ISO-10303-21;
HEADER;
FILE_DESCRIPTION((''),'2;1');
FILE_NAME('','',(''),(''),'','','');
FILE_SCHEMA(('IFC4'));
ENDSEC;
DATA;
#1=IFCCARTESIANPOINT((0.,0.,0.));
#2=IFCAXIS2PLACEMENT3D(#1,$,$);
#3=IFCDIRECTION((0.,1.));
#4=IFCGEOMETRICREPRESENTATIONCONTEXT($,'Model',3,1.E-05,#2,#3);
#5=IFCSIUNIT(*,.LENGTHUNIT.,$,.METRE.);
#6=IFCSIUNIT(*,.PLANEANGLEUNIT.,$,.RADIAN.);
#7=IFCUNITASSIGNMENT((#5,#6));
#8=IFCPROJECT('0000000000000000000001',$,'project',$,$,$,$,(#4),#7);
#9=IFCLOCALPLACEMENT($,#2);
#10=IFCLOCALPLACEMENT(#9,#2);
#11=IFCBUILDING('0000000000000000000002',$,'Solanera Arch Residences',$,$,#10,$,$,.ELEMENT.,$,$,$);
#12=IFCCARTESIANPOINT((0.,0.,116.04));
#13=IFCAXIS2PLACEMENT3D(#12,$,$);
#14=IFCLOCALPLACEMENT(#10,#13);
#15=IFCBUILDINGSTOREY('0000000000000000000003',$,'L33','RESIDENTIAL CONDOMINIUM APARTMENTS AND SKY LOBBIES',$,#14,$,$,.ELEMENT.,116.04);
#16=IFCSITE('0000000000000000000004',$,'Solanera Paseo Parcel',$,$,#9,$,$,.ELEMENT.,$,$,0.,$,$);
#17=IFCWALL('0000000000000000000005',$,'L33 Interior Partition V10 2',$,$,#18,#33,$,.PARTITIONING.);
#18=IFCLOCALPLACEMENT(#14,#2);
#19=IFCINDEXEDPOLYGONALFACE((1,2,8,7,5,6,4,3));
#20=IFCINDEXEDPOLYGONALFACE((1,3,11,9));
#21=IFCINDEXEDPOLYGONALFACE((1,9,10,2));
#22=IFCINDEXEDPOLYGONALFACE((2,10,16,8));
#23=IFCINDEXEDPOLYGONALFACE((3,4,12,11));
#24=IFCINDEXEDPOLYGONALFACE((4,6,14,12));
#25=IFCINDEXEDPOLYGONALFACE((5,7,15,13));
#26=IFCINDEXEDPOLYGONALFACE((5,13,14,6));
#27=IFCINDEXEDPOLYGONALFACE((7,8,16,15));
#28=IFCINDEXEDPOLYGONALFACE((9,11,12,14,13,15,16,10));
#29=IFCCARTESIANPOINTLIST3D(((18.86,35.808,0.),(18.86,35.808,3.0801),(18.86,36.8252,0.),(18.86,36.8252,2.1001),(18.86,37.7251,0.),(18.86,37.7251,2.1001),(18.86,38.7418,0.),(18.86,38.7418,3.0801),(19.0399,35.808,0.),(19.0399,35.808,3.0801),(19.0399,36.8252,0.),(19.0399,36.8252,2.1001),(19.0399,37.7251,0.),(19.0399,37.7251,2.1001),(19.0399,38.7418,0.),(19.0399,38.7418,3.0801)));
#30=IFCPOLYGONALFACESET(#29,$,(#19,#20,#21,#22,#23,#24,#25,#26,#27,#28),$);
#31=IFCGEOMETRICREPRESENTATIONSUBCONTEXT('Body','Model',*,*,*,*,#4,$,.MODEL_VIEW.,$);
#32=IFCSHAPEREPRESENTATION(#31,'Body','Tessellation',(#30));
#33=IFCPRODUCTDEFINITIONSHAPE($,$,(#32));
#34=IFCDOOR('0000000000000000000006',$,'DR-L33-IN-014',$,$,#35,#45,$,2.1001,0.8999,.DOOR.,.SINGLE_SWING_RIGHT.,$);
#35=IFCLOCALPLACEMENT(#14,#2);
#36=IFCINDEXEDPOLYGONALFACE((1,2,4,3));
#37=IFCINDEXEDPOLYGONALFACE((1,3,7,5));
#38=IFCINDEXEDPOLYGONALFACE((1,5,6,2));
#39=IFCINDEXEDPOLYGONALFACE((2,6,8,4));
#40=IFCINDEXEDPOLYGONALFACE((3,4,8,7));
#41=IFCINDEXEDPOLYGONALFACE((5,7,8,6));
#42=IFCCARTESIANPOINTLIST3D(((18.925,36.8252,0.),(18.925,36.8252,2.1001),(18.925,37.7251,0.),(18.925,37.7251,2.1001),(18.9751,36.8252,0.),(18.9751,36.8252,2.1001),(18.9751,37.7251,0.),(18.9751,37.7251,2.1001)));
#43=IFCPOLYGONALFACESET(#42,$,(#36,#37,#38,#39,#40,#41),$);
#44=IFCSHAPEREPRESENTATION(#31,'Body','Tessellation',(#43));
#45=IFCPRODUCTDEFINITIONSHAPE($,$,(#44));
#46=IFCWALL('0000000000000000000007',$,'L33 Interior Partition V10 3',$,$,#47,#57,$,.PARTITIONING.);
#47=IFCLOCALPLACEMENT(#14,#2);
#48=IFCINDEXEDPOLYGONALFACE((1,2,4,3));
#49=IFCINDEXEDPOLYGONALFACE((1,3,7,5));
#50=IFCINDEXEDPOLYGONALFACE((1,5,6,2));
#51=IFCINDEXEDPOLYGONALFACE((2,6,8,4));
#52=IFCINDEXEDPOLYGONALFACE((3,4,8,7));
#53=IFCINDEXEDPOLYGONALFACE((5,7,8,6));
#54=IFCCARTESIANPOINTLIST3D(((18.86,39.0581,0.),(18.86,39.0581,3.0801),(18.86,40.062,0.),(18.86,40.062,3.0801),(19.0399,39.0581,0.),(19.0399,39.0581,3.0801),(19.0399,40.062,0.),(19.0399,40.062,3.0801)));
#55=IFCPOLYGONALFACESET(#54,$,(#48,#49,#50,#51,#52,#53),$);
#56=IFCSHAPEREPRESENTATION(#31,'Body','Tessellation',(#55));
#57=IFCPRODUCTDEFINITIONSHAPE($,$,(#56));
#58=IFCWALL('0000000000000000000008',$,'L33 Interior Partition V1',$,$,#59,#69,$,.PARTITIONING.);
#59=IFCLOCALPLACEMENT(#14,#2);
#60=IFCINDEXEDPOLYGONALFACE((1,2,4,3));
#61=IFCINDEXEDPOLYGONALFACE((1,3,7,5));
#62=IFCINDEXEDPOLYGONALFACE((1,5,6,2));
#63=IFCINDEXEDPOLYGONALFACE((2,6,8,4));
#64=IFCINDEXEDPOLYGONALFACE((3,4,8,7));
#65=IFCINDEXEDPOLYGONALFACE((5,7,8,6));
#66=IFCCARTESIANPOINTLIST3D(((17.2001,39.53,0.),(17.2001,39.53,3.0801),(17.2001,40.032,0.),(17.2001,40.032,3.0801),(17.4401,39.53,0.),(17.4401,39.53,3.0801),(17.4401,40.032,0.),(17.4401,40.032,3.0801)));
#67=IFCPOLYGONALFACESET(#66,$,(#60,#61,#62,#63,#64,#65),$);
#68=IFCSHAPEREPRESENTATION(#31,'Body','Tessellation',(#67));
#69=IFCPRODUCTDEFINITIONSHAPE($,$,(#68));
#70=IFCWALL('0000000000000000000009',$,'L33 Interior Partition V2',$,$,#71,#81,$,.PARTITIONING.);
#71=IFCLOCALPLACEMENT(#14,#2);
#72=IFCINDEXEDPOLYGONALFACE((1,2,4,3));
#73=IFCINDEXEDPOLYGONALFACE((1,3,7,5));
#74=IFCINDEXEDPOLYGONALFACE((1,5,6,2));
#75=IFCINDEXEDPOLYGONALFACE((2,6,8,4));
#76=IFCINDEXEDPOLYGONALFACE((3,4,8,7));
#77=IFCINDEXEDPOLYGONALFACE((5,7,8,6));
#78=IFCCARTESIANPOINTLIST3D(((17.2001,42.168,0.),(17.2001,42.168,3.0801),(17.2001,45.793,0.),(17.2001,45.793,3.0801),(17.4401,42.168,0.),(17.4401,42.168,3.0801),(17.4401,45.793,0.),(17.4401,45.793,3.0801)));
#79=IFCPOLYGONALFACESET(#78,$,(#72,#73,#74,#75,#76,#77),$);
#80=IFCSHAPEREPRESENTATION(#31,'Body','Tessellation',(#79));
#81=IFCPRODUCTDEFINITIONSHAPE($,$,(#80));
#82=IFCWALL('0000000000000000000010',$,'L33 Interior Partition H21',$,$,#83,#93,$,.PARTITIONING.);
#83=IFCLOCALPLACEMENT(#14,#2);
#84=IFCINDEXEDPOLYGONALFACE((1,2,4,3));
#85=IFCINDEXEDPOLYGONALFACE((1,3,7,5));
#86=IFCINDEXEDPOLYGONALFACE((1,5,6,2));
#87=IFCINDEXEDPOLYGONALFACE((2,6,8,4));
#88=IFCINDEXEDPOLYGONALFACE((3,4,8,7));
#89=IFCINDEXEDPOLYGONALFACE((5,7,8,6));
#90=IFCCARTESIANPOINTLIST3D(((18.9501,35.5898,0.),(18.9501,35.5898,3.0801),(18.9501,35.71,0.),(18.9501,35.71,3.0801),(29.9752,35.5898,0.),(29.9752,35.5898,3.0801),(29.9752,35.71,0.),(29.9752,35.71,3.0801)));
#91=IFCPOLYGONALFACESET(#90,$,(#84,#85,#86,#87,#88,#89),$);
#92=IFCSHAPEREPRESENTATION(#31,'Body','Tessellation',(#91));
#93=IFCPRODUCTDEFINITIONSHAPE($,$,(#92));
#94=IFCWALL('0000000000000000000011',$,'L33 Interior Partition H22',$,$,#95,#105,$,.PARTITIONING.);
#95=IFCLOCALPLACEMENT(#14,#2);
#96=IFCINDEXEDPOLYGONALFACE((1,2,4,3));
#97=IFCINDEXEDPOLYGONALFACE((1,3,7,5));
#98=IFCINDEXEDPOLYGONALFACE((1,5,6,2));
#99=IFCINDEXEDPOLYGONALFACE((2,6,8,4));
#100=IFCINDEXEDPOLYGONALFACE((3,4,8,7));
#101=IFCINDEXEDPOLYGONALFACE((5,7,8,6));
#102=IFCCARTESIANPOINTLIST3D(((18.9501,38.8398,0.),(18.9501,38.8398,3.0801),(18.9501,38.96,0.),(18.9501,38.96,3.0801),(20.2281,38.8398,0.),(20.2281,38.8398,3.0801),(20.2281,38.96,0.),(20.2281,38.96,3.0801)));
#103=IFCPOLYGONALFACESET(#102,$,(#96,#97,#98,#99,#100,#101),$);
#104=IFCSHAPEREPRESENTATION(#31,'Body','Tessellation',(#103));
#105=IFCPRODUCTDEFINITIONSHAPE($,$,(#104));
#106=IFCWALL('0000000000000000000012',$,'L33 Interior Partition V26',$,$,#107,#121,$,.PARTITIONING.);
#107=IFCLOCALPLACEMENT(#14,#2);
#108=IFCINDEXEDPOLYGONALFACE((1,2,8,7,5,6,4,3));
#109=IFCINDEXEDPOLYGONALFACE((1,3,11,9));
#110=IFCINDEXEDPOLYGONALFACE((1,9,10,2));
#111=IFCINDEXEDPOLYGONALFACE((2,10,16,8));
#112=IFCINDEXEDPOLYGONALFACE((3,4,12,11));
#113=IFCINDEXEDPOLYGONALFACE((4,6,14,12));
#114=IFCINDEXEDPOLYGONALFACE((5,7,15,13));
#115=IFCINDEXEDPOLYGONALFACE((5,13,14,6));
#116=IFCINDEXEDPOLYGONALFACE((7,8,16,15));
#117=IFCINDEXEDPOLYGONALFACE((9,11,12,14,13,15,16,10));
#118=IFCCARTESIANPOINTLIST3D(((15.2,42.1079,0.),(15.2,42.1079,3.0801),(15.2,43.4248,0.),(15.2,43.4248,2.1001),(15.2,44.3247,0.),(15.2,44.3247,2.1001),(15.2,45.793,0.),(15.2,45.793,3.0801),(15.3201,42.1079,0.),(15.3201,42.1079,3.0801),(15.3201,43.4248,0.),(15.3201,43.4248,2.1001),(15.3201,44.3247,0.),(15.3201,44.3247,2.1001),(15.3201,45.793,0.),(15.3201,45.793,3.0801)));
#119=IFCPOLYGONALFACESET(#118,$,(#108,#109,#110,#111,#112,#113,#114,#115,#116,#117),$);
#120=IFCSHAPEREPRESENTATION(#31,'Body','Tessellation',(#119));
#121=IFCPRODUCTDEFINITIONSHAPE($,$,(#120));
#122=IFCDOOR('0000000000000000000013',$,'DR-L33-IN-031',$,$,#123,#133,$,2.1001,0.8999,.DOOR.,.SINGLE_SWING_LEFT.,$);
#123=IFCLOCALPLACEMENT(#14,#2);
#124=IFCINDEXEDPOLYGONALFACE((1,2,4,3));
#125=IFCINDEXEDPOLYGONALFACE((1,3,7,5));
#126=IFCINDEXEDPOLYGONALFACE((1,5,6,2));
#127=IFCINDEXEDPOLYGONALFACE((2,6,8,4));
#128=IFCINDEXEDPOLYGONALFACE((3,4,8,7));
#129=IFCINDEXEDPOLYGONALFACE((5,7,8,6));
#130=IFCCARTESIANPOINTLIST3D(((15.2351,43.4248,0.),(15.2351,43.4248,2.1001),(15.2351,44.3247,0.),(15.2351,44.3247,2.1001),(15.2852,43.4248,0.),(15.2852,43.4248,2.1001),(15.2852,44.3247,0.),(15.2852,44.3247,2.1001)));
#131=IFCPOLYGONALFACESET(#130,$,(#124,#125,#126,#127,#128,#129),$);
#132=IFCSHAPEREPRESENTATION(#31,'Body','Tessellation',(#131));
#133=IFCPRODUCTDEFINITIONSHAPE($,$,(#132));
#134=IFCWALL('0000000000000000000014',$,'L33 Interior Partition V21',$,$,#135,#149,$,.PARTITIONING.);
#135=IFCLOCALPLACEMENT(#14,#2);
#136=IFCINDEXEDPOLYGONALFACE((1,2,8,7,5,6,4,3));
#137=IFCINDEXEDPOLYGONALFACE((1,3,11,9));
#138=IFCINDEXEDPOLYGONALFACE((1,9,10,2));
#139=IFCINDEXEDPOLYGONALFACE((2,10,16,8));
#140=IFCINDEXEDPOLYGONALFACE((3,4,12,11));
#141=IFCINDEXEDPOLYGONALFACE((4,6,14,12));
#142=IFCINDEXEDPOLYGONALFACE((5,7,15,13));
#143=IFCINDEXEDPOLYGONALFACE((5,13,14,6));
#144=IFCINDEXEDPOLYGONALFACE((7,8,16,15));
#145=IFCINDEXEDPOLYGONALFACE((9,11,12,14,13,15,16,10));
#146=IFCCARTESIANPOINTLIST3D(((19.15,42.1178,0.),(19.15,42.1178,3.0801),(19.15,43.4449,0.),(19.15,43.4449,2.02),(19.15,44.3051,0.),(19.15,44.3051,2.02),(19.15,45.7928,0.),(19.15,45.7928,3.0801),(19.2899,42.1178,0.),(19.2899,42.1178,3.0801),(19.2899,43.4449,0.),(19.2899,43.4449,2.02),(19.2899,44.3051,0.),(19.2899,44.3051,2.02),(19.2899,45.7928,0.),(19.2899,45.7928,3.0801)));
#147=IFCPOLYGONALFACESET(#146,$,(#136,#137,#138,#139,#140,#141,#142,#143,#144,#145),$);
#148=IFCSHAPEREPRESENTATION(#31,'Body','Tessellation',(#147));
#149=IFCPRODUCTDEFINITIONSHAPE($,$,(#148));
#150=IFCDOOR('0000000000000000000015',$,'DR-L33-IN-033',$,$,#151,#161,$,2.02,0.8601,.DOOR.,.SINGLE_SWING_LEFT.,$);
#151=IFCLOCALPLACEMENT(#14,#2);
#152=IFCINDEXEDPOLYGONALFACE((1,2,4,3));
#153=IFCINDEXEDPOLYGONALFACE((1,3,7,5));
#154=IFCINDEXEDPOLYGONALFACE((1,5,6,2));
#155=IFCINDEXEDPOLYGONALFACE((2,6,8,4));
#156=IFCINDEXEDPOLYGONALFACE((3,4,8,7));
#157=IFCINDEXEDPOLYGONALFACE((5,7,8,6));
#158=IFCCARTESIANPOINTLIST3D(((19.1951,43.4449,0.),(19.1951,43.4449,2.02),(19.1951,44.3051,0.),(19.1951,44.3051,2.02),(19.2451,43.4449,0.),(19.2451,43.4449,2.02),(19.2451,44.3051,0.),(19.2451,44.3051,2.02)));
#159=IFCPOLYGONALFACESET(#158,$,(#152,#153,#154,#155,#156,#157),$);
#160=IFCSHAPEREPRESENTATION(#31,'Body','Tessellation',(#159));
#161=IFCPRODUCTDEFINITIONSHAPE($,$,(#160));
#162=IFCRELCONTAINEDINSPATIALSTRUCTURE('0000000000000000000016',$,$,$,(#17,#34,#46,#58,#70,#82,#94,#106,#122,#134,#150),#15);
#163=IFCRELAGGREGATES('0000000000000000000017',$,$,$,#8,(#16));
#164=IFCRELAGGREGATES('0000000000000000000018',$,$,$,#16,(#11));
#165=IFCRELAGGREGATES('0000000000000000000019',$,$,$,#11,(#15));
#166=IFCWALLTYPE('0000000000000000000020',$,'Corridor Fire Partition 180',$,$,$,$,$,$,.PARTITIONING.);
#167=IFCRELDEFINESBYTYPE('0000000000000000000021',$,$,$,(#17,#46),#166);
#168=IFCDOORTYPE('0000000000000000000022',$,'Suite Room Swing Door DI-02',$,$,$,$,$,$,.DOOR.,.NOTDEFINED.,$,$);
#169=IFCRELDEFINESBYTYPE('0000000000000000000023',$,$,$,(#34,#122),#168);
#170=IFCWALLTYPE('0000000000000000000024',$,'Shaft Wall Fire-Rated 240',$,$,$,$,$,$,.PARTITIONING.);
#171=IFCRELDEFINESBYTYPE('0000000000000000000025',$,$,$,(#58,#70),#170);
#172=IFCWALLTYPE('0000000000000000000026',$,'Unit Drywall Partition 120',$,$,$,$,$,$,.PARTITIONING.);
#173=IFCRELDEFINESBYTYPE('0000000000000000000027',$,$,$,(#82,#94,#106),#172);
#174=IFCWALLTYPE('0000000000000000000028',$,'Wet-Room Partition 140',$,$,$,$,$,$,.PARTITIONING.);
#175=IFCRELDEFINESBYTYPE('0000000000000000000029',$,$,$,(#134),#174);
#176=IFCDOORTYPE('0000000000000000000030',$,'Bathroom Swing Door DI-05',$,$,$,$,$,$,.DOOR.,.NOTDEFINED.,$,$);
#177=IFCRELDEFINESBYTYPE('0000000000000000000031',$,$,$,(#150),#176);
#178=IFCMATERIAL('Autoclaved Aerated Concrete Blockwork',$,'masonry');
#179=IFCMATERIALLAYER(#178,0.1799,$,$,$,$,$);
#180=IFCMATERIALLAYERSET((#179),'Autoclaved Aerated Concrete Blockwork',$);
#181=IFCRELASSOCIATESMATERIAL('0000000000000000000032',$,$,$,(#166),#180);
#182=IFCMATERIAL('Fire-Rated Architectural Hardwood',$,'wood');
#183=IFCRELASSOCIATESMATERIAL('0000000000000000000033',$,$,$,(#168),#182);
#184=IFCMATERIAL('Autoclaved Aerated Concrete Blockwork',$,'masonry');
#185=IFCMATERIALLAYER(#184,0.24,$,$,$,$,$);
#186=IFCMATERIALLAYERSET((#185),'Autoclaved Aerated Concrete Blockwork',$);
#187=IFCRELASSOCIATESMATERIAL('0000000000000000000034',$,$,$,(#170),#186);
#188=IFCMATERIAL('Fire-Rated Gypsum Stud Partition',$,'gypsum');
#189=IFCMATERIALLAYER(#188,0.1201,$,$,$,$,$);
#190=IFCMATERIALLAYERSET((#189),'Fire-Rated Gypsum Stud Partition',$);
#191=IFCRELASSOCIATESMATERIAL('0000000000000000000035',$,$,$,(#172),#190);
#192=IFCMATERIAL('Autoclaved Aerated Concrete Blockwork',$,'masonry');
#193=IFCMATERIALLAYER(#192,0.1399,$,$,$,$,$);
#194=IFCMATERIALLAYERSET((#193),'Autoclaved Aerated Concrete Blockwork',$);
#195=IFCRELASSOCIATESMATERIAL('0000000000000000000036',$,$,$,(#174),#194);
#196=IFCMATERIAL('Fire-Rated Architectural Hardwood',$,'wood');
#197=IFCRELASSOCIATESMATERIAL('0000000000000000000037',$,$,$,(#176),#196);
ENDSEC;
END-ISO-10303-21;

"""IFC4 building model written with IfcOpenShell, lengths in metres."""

from ifc_helpers import new_model, si_unit, direction, frame, frame_2d, origin, place, context, subcontext, project, spatial, rectangle, extrude, material, layer, layer_set, type_object, element, fill, save


model = new_model("IFC4")

# Units and contexts
model_context = context("Model", 3, precision=1e-05, world=origin(), true_north=direction((0.0, 1.0)))
body_context = subcontext(model_context, "Body", "Model", "MODEL_VIEW")
ifc_project = project(units=[si_unit("LENGTHUNIT", "METRE"), si_unit("PLANEANGLEUNIT", "RADIAN")], contexts=[model_context])

# Site, building, storey
site_placement = place(None, origin())
site = spatial("IfcSite", under=ifc_project, at=site_placement, Name="Solanera Paseo Parcel", CompositionType="ELEMENT", RefElevation=0.0)
building_placement = place(site_placement, origin())
building = spatial("IfcBuilding", under=site, at=building_placement, Name="Solanera Arch Residences", CompositionType="ELEMENT")
storey_placement = place(building_placement, frame((0.0, 0.0, 116.04)))
storey = spatial("IfcBuildingStorey", under=building, at=storey_placement, Name="L33", Description="RESIDENTIAL CONDOMINIUM APARTMENTS AND SKY LOBBIES", CompositionType="ELEMENT", Elevation=116.04)

# Wall, opening, door
ifc_material_1 = material(Name="Autoclaved Aerated Concrete Blockwork", Category="masonry")
ifc_layer_1 = layer(ifc_material_1, 0.1799)
ifc_layer_set_1 = layer_set([ifc_layer_1], Name="Autoclaved Aerated Concrete Blockwork")
wall_type_1 = type_object("IfcWallType", Name="Corridor Fire Partition 180", PredefinedType="PARTITIONING", material=ifc_layer_set_1)
wall_1_placement = place(storey_placement, frame((18.95, 35.8081, 0.0), z_axis=(0.0, 0.0, 1.0), x_axis=(0.0, 1.0, 0.0)))
wall_1 = element("IfcWall", 1, at=wall_1_placement, inside=storey, type_object=wall_type_1, Name="L33 Interior Partition V10 2", PredefinedType="PARTITIONING", context=body_context, shape_type="SweptSolid", body=[
    extrude(rectangle(XDim=2.9338, YDim=0.1799, at=frame_2d((1.4668, 0.0))), origin(), (0.0, 0.0, 1.0), 3.0801),
])
opening_1_placement = place(wall_1_placement, frame((1.0171, 0.0, 0.0)))
opening_1 = element("IfcOpeningElement", 2, at=opening_1_placement, cuts=wall_1, PredefinedType="OPENING", context=body_context, shape_type="SweptSolid", body=[
    extrude(rectangle(XDim=0.8999, YDim=2.1001, at=frame_2d((0.45, 1.05))), frame((0.0, 0.1001, 0.0), z_axis=(0.0, -1.0, 0.0), x_axis=(1.0, 0.0, 0.0)), (0.0, 0.0, 1.0), 0.1999),
])
ifc_material_2 = material(Name="Fire-Rated Architectural Hardwood", Category="wood")
door_type_1 = type_object("IfcDoorType", Name="Suite Room Swing Door DI-02", OperationType="NOTDEFINED", PredefinedType="DOOR", material=ifc_material_2)
door_1_placement = place(opening_1_placement, origin())
door_1 = element("IfcDoor", 3, at=door_1_placement, inside=storey, type_object=door_type_1, Name="DR-L33-IN-014", OperationType="SINGLE_SWING_RIGHT", OverallHeight=2.1001, OverallWidth=0.8999, PredefinedType="DOOR", context=body_context, shape_type="SweptSolid", body=[
    extrude(rectangle(XDim=0.8999, YDim=2.1001, at=frame_2d((0.45, 1.05))), frame((0.0, 0.0249, 0.0), z_axis=(0.0, -1.0, 0.0), x_axis=(1.0, 0.0, 0.0)), (0.0, 0.0, 1.0), 0.05),
])
fill(opening_1, door_1)

# Walls
wall_2_placement = place(storey_placement, frame((18.95, 39.0581, 0.0), z_axis=(0.0, 0.0, 1.0), x_axis=(0.0, 1.0, 0.0)))
element("IfcWall", 4, at=wall_2_placement, inside=storey, type_object=wall_type_1, Name="L33 Interior Partition V10 3", PredefinedType="PARTITIONING", context=body_context, shape_type="SweptSolid", body=[
    extrude(rectangle(XDim=1.0039, YDim=0.1799, at=frame_2d((0.502, 0.0))), origin(), (0.0, 0.0, 1.0), 3.0801),
])
ifc_material_3 = material(Name="Autoclaved Aerated Concrete Blockwork", Category="masonry")
ifc_layer_2 = layer(ifc_material_3, 0.24)
ifc_layer_set_2 = layer_set([ifc_layer_2], Name="Autoclaved Aerated Concrete Blockwork")
wall_type_2 = type_object("IfcWallType", Name="Shaft Wall Fire-Rated 240", PredefinedType="PARTITIONING", material=ifc_layer_set_2)
wall_3_placement = place(storey_placement, frame((17.3201, 39.53, 0.0), z_axis=(0.0, 0.0, 1.0), x_axis=(0.0, 1.0, 0.0)))
element("IfcWall", 5, at=wall_3_placement, inside=storey, type_object=wall_type_2, Name="L33 Interior Partition V1", PredefinedType="PARTITIONING", context=body_context, shape_type="SweptSolid", body=[
    extrude(rectangle(XDim=0.502, YDim=0.24, at=frame_2d((0.251, 0.0))), origin(), (0.0, 0.0, 1.0), 3.0801),
])
wall_4_placement = place(storey_placement, frame((17.3201, 42.168, 0.0), z_axis=(0.0, 0.0, 1.0), x_axis=(0.0, 1.0, 0.0)))
element("IfcWall", 6, at=wall_4_placement, inside=storey, type_object=wall_type_2, Name="L33 Interior Partition V2", PredefinedType="PARTITIONING", context=body_context, shape_type="SweptSolid", body=[
    extrude(rectangle(XDim=3.625, YDim=0.24, at=frame_2d((1.8125, 0.0))), origin(), (0.0, 0.0, 1.0), 3.0801),
])
ifc_material_4 = material(Name="Fire-Rated Gypsum Stud Partition", Category="gypsum")
ifc_layer_3 = layer(ifc_material_4, 0.1201)
ifc_layer_set_3 = layer_set([ifc_layer_3], Name="Fire-Rated Gypsum Stud Partition")
wall_type_3 = type_object("IfcWallType", Name="Unit Drywall Partition 120", PredefinedType="PARTITIONING", material=ifc_layer_set_3)
wall_5_placement = place(storey_placement, frame((18.95, 35.6499, 0.0), z_axis=(0.0, 0.0, 1.0), x_axis=(1.0, 0.0, 0.0)))
element("IfcWall", 7, at=wall_5_placement, inside=storey, type_object=wall_type_3, Name="L33 Interior Partition H21", PredefinedType="PARTITIONING", context=body_context, shape_type="SweptSolid", body=[
    extrude(rectangle(XDim=11.0251, YDim=0.1201, at=frame_2d((5.5127, 0.0))), origin(), (0.0, 0.0, 1.0), 3.0801),
])
wall_6_placement = place(storey_placement, frame((18.95, 38.8999, 0.0), z_axis=(0.0, 0.0, 1.0), x_axis=(1.0, 0.0, 0.0)))
element("IfcWall", 8, at=wall_6_placement, inside=storey, type_object=wall_type_3, Name="L33 Interior Partition H22", PredefinedType="PARTITIONING", context=body_context, shape_type="SweptSolid", body=[
    extrude(rectangle(XDim=1.2781, YDim=0.1201, at=frame_2d((0.6392, 0.0))), origin(), (0.0, 0.0, 1.0), 3.0801),
])

# Walls, openings, doors
wall_7_placement = place(storey_placement, frame((15.26, 42.1079, 0.0), z_axis=(0.0, 0.0, 1.0), x_axis=(0.0, 1.0, 0.0)))
wall_7 = element("IfcWall", 9, at=wall_7_placement, inside=storey, type_object=wall_type_3, Name="L33 Interior Partition V26", PredefinedType="PARTITIONING", context=body_context, shape_type="SweptSolid", body=[
    extrude(rectangle(XDim=3.6851, YDim=0.1201, at=frame_2d((1.8425, 0.0))), origin(), (0.0, 0.0, 1.0), 3.0801),
])
opening_2_placement = place(wall_7_placement, frame((1.3169, 0.0, 0.0)))
opening_2 = element("IfcOpeningElement", 10, at=opening_2_placement, cuts=wall_7, PredefinedType="OPENING", context=body_context, shape_type="SweptSolid", body=[
    extrude(rectangle(XDim=0.8999, YDim=2.1001, at=frame_2d((0.45, 1.05))), frame((0.0, 0.0701, 0.0), z_axis=(0.0, -1.0, 0.0), x_axis=(1.0, 0.0, 0.0)), (0.0, 0.0, 1.0), 0.1401),
])
door_2_placement = place(opening_2_placement, origin())
door_2 = element("IfcDoor", 11, at=door_2_placement, inside=storey, type_object=door_type_1, Name="DR-L33-IN-031", OperationType="SINGLE_SWING_LEFT", OverallHeight=2.1001, OverallWidth=0.8999, PredefinedType="DOOR", context=body_context, shape_type="SweptSolid", body=[
    extrude(rectangle(XDim=0.8999, YDim=2.1001, at=frame_2d((0.45, 1.05))), frame((0.0, 0.0249, 0.0), z_axis=(0.0, -1.0, 0.0), x_axis=(1.0, 0.0, 0.0)), (0.0, 0.0, 1.0), 0.05),
])
fill(opening_2, door_2)
ifc_material_5 = material(Name="Autoclaved Aerated Concrete Blockwork", Category="masonry")
ifc_layer_4 = layer(ifc_material_5, 0.1399)
ifc_layer_set_4 = layer_set([ifc_layer_4], Name="Autoclaved Aerated Concrete Blockwork")
wall_type_4 = type_object("IfcWallType", Name="Wet-Room Partition 140", PredefinedType="PARTITIONING", material=ifc_layer_set_4)
wall_8_placement = place(storey_placement, frame((19.22, 42.1179, 0.0), z_axis=(0.0, 0.0, 1.0), x_axis=(0.0, 1.0, 0.0)))
wall_8 = element("IfcWall", 12, at=wall_8_placement, inside=storey, type_object=wall_type_4, Name="L33 Interior Partition V21", PredefinedType="PARTITIONING", context=body_context, shape_type="SweptSolid", body=[
    extrude(rectangle(XDim=3.675, YDim=0.1399, at=frame_2d((1.8374, 0.0))), origin(), (0.0, 0.0, 1.0), 3.0801),
])
opening_3_placement = place(wall_8_placement, frame((1.3269, 0.0, 0.0)))
opening_3 = element("IfcOpeningElement", 13, at=opening_3_placement, cuts=wall_8, PredefinedType="OPENING", context=body_context, shape_type="SweptSolid", body=[
    extrude(rectangle(XDim=0.8601, YDim=2.02, at=frame_2d((0.4302, 1.01))), frame((0.0, 0.0798, 0.0), z_axis=(0.0, -1.0, 0.0), x_axis=(1.0, 0.0, 0.0)), (0.0, 0.0, 1.0), 0.1599),
])
ifc_material_6 = material(Name="Fire-Rated Architectural Hardwood", Category="wood")
door_type_2 = type_object("IfcDoorType", Name="Bathroom Swing Door DI-05", OperationType="NOTDEFINED", PredefinedType="DOOR", material=ifc_material_6)
door_3_placement = place(opening_3_placement, origin())
door_3 = element("IfcDoor", 14, at=door_3_placement, inside=storey, type_object=door_type_2, Name="DR-L33-IN-033", OperationType="SINGLE_SWING_LEFT", OverallHeight=2.02, OverallWidth=0.8601, PredefinedType="DOOR", context=body_context, shape_type="SweptSolid", body=[
    extrude(rectangle(XDim=0.8601, YDim=2.02, at=frame_2d((0.4302, 1.01))), frame((0.0, 0.0249, 0.0), z_axis=(0.0, -1.0, 0.0), x_axis=(1.0, 0.0, 0.0)), (0.0, 0.0, 1.0), 0.05),
])
fill(opening_3, door_3)

save(model, "model.ifc")
